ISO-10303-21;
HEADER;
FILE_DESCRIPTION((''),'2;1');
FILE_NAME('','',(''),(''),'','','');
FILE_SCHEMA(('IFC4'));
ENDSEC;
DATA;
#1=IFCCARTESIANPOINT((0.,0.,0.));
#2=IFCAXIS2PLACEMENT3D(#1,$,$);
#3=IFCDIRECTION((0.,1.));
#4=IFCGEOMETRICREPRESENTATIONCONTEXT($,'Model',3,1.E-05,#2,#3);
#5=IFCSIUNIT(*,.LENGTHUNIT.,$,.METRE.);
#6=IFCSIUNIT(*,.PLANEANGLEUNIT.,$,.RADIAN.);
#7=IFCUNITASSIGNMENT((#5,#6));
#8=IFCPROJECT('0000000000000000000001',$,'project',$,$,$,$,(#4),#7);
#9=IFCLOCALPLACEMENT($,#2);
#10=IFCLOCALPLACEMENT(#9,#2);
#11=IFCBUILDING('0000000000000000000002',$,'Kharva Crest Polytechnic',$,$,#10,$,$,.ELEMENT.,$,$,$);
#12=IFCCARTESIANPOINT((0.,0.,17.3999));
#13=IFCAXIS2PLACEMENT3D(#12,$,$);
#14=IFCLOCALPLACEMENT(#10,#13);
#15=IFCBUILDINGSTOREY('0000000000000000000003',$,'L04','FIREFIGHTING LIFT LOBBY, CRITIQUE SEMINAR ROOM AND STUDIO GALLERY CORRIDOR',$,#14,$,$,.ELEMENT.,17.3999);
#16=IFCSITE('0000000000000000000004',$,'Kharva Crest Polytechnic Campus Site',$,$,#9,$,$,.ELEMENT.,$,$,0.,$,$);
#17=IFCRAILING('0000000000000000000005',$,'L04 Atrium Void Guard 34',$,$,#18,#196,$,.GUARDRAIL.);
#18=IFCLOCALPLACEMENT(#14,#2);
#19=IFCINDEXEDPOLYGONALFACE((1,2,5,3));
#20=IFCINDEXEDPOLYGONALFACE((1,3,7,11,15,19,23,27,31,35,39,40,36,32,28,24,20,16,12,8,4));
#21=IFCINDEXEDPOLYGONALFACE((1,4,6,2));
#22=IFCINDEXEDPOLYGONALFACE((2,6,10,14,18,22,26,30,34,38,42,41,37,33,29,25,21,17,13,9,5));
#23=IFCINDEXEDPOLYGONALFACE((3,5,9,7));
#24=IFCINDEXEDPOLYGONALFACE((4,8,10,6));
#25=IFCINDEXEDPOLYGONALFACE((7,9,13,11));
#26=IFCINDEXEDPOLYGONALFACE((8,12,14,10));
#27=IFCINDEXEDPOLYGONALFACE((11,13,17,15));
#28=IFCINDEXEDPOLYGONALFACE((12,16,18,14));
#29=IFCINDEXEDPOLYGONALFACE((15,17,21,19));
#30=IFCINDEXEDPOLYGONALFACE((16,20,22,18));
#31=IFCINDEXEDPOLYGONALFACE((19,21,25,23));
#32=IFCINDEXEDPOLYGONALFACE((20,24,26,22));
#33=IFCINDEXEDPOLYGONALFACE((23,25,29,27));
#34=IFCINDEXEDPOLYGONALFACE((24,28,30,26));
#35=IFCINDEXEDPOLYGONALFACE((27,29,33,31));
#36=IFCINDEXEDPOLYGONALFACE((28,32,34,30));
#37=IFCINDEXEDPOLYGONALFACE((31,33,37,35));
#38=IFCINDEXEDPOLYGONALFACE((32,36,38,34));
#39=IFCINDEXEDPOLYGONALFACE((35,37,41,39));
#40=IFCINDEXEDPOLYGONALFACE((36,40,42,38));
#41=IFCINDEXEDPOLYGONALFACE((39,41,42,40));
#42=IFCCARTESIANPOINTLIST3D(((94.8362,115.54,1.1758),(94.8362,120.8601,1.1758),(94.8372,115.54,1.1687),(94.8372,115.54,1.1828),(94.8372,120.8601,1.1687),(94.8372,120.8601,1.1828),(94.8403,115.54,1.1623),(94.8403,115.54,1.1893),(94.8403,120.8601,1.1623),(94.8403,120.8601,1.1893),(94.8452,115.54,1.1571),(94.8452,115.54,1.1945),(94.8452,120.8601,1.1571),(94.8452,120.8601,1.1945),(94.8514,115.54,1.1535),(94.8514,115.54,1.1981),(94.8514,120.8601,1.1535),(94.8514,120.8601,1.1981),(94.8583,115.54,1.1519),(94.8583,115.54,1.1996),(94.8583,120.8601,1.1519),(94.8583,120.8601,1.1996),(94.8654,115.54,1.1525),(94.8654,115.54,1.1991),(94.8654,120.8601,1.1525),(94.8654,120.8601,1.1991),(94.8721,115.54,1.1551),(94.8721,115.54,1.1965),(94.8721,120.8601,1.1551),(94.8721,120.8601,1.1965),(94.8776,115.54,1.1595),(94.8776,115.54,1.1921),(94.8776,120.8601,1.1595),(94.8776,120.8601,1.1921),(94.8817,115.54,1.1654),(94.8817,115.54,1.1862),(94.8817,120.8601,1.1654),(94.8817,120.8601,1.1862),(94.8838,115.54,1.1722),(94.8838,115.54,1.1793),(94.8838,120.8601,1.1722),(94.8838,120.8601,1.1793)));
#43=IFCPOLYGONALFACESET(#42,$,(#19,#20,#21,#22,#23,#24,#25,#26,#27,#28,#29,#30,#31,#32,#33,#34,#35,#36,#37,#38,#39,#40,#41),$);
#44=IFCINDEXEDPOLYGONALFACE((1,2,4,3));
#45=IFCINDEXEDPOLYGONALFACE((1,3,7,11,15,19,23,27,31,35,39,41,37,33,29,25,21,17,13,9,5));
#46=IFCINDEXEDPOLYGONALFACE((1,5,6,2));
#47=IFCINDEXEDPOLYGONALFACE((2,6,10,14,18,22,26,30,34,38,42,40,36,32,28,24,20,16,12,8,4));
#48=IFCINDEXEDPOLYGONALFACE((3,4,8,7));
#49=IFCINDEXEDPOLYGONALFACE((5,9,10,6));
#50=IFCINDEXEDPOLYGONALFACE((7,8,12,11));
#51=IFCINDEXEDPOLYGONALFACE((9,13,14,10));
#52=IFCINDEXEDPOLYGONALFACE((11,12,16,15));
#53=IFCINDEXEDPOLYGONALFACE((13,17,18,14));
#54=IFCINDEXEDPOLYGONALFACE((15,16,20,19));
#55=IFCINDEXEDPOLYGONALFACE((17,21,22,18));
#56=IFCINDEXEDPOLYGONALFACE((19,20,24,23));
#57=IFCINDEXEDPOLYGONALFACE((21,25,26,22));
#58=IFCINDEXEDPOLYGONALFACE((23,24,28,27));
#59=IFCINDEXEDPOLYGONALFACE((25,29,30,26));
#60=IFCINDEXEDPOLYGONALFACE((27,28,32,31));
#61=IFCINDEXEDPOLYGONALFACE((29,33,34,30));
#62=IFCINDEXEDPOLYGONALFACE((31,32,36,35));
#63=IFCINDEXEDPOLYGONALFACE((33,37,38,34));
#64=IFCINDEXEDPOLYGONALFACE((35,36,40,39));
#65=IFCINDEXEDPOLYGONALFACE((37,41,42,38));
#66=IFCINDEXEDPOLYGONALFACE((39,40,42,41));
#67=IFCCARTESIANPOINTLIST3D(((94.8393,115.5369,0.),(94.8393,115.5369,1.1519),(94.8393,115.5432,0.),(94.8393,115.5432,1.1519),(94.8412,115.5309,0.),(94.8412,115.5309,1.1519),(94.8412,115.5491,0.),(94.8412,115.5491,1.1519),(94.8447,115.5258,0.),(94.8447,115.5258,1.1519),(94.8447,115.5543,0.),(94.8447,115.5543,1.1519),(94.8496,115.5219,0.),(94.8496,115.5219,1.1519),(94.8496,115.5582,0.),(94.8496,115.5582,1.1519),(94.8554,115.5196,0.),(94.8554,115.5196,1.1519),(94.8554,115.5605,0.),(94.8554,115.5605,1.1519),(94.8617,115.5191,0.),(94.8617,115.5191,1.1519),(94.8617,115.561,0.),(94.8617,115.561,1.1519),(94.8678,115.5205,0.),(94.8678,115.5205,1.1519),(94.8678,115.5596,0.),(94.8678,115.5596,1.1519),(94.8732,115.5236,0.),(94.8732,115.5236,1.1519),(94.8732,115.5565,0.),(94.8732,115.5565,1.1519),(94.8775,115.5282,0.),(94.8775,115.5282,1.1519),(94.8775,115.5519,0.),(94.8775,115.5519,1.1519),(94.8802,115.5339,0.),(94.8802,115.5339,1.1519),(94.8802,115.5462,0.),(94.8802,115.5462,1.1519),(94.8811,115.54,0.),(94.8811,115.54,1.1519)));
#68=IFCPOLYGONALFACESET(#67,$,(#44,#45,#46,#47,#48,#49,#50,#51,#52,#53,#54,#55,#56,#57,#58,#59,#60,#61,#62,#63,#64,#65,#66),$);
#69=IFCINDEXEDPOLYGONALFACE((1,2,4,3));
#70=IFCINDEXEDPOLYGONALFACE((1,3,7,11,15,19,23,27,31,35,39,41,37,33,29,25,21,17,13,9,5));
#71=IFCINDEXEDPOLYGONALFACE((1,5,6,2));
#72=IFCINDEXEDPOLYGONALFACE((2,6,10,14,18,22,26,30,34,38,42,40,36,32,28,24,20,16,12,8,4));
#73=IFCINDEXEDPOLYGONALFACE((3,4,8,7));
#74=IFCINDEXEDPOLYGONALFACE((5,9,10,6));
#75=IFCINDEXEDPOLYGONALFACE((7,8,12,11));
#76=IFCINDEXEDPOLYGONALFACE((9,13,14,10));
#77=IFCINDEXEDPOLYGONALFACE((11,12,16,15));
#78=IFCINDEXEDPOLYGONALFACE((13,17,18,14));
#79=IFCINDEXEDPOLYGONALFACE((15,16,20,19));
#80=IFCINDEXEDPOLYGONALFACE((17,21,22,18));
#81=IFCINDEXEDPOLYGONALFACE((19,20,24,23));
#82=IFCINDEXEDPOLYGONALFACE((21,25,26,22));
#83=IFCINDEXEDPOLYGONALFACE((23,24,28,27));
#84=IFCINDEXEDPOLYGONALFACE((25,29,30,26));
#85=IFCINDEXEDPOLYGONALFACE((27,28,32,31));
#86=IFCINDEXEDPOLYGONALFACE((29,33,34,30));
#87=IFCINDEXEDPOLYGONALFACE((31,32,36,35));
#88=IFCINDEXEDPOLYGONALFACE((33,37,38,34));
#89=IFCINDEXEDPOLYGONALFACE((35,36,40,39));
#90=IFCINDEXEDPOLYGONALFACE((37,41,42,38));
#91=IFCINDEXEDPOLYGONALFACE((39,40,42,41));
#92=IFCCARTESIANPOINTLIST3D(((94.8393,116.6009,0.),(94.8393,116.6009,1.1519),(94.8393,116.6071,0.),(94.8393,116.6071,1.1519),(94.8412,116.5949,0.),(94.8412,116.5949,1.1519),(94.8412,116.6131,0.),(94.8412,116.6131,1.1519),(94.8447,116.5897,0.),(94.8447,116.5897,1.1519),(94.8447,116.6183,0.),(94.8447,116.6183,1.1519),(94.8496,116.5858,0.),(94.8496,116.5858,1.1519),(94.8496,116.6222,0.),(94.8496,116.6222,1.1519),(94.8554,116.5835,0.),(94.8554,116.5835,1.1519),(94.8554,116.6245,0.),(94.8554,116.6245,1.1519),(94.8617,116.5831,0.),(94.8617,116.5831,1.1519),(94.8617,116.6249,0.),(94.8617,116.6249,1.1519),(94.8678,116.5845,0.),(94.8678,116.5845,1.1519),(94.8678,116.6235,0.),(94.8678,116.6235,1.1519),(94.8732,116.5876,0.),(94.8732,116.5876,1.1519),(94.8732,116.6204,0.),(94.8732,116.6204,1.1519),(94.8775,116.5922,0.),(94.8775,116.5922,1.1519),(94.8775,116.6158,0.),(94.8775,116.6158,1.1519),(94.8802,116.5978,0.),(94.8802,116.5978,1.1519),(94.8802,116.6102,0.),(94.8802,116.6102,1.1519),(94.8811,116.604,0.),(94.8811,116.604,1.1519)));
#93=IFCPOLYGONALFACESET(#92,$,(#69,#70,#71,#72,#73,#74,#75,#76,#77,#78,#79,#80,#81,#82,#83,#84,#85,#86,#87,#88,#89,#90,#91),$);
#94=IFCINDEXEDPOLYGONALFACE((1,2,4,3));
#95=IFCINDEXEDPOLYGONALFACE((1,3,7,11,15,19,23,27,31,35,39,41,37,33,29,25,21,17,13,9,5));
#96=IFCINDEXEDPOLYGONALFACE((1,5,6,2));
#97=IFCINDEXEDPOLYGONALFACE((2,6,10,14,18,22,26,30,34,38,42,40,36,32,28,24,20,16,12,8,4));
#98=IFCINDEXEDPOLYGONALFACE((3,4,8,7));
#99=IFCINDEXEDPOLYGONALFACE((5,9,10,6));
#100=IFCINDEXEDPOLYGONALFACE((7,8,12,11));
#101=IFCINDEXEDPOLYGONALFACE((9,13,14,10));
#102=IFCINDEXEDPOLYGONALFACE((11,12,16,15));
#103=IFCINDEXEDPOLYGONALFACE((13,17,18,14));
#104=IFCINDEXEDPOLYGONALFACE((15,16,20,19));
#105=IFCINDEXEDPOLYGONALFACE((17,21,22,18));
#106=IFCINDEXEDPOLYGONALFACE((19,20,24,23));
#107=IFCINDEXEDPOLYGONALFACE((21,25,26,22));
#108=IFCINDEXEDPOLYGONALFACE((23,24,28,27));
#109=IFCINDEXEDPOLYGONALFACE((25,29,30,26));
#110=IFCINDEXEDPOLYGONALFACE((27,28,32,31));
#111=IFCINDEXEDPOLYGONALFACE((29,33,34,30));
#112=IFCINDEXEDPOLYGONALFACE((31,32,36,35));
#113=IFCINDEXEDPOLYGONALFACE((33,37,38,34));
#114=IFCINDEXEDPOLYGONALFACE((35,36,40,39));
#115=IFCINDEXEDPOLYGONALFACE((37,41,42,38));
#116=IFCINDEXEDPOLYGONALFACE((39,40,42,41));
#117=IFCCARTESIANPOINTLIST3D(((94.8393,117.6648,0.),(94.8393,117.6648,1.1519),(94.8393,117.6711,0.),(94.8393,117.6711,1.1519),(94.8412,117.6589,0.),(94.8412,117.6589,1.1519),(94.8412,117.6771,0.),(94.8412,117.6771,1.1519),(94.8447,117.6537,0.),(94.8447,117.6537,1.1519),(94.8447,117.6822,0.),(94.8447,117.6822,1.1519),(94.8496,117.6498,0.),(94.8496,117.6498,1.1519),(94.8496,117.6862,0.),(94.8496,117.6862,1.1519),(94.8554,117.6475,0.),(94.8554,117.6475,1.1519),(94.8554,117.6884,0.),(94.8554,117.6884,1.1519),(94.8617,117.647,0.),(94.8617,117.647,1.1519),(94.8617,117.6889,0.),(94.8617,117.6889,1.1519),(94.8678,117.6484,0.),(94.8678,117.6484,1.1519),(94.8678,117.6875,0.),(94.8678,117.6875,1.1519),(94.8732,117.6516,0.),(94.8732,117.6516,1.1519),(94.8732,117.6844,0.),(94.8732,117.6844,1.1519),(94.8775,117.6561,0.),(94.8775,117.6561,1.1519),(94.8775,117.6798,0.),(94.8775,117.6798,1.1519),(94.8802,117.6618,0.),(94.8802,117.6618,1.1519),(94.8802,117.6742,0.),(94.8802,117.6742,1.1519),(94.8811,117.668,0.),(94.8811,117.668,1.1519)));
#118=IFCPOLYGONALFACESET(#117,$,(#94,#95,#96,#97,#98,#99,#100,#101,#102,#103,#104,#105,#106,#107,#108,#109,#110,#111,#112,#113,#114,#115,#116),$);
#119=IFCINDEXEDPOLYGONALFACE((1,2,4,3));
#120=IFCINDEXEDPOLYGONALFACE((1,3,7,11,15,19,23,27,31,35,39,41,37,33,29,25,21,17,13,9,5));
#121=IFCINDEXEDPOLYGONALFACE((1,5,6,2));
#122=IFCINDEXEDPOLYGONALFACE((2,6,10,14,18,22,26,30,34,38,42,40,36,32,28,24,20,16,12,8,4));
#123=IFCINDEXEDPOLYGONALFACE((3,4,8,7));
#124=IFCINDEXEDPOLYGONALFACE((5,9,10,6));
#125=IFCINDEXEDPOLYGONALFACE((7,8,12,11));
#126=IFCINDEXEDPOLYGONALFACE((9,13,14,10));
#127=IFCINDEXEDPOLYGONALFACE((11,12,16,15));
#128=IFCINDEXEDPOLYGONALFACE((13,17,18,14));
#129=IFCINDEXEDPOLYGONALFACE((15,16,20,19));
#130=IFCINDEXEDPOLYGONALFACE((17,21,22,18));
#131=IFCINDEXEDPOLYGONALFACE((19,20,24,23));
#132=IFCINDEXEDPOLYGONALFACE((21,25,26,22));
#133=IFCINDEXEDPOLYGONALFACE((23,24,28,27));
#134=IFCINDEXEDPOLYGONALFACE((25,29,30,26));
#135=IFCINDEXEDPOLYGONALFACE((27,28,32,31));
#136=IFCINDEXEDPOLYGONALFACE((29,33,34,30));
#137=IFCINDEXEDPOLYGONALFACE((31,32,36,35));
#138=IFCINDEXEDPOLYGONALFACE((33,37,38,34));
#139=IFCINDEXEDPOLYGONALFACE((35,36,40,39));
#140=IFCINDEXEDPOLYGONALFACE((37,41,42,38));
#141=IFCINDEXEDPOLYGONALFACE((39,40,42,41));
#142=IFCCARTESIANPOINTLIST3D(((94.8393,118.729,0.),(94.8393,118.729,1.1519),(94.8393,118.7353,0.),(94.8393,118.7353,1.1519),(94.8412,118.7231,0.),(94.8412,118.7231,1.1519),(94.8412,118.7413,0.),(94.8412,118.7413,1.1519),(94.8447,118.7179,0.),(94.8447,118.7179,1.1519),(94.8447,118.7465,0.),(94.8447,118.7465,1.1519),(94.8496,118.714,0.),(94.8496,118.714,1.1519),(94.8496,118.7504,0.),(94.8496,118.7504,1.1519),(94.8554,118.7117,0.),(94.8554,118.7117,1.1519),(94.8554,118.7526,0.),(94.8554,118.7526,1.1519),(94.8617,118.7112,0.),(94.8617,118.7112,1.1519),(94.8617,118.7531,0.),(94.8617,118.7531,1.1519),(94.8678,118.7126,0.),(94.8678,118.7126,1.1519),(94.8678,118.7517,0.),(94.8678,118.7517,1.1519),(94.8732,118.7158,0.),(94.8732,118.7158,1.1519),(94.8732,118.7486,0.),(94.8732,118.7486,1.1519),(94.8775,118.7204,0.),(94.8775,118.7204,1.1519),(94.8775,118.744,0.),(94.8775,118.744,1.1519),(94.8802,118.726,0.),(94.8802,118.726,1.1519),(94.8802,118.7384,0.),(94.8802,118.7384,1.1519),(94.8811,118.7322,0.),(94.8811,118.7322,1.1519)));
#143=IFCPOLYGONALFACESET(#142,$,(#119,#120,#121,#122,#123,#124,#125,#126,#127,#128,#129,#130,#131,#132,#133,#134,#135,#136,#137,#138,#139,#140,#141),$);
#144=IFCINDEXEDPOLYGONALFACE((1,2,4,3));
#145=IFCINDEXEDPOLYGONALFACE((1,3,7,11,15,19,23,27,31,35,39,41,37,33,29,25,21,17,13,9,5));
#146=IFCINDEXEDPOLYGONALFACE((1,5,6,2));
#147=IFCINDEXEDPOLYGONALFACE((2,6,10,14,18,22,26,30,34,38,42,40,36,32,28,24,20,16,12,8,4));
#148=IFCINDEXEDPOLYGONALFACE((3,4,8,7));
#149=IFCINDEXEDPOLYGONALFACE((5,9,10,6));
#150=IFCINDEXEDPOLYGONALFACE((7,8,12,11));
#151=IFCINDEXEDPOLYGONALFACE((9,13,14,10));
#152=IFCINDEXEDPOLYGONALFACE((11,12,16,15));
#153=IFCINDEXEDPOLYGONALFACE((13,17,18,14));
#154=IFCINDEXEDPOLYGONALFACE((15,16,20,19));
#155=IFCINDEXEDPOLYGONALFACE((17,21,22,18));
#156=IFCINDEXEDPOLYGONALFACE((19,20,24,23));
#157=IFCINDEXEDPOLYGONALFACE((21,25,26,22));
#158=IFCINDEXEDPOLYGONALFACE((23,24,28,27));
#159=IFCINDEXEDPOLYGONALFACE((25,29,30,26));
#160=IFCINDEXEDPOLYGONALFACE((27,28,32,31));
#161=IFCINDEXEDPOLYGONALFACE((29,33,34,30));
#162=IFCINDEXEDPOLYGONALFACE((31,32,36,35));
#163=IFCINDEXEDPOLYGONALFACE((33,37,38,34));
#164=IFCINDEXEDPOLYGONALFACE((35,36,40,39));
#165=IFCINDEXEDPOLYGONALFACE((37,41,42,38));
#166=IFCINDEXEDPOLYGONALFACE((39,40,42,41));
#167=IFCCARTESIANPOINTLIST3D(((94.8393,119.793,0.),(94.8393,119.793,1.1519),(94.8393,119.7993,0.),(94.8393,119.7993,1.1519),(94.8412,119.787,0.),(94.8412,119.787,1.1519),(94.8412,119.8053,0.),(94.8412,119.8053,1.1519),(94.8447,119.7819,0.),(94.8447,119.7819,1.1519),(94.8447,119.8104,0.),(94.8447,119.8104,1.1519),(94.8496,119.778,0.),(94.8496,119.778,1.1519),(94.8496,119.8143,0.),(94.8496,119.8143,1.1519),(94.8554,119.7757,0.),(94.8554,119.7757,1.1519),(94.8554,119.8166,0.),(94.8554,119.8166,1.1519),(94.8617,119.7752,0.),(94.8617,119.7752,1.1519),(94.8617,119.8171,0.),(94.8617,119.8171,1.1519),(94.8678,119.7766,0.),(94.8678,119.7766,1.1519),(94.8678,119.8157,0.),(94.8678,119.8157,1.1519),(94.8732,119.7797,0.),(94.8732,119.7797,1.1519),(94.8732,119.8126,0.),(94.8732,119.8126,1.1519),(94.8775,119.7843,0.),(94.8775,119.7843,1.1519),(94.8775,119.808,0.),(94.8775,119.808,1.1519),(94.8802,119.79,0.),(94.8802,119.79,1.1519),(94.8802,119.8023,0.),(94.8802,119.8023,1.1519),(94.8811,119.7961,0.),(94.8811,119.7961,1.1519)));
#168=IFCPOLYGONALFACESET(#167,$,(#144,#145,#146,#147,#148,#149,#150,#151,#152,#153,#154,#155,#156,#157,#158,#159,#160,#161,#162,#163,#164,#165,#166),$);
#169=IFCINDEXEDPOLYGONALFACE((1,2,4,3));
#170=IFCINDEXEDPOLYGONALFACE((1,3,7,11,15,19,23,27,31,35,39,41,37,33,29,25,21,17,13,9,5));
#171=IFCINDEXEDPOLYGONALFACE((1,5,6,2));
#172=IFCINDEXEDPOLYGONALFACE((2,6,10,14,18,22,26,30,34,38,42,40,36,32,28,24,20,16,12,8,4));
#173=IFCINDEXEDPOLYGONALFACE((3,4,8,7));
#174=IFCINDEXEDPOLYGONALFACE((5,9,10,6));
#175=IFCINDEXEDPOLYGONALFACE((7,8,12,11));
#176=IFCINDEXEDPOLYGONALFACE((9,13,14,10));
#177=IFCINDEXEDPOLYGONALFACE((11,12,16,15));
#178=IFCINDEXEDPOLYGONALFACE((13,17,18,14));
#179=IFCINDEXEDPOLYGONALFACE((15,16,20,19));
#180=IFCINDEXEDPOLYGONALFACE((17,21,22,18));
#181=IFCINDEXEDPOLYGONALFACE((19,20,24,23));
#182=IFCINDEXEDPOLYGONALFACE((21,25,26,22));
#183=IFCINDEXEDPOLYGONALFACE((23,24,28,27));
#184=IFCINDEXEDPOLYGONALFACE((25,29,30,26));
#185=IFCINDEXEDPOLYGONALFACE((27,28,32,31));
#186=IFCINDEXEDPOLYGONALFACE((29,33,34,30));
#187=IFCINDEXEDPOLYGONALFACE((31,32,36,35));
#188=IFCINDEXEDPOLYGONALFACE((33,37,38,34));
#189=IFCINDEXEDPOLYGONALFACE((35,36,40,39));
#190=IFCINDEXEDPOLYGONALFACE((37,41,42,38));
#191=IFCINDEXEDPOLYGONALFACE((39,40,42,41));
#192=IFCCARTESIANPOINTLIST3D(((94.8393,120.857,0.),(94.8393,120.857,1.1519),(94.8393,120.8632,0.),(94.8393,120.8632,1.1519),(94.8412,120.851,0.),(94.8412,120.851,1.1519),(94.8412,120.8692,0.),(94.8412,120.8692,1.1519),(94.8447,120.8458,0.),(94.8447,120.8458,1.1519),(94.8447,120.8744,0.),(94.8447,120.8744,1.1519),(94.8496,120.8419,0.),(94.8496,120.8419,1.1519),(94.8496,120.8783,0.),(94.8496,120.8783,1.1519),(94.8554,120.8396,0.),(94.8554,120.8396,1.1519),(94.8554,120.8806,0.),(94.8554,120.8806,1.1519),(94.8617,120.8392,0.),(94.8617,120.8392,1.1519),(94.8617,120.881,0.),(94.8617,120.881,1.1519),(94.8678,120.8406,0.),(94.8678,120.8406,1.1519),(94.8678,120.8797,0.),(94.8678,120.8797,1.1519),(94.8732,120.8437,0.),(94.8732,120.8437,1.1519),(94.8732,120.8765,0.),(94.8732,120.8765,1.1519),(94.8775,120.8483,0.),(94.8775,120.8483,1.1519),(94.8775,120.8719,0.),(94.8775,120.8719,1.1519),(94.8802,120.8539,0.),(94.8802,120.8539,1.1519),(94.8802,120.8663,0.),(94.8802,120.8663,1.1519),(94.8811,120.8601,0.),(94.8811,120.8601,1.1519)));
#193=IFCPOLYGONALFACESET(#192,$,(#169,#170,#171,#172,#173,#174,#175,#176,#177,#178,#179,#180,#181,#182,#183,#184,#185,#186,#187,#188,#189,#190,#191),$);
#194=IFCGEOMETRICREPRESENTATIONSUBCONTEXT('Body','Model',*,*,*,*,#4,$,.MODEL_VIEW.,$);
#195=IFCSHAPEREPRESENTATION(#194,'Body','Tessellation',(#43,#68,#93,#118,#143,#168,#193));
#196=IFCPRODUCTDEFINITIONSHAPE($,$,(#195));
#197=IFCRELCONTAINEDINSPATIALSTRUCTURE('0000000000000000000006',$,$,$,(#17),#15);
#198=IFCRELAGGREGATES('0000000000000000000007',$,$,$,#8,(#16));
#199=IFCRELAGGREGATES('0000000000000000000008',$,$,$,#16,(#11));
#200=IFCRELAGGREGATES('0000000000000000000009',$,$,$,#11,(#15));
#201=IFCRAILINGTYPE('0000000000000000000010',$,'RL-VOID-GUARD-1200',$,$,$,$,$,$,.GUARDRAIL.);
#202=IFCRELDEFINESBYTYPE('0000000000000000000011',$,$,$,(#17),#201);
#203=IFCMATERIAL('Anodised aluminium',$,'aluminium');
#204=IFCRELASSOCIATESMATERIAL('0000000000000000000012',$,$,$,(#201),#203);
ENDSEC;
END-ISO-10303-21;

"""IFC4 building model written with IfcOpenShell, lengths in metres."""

from ifc_helpers import new_model, si_unit, direction, frame, origin, origin_2d, place, context, subcontext, project, spatial, circle, extrude, material, type_object, element, save


model = new_model("IFC4")

# Units and contexts
model_context = context("Model", 3, precision=1e-05, world=origin(), true_north=direction((0.0, 1.0)))
body_context = subcontext(model_context, "Body", "Model", "MODEL_VIEW")
ifc_project = project(units=[si_unit("LENGTHUNIT", "METRE"), si_unit("PLANEANGLEUNIT", "RADIAN")], contexts=[model_context])

# Site, building, storey
site_placement = place(None, origin())
site = spatial("IfcSite", under=ifc_project, at=site_placement, Name="Kharva Crest Polytechnic Campus Site", CompositionType="ELEMENT", RefElevation=0.0)
building_placement = place(site_placement, origin())
building = spatial("IfcBuilding", under=site, at=building_placement, Name="Kharva Crest Polytechnic", CompositionType="ELEMENT")
storey_placement = place(building_placement, frame((0.0, 0.0, 17.3999)))
storey = spatial("IfcBuildingStorey", under=building, at=storey_placement, Name="L04", Description="FIREFIGHTING LIFT LOBBY, CRITIQUE SEMINAR ROOM AND STUDIO GALLERY CORRIDOR", CompositionType="ELEMENT", Elevation=17.3999)

# Railing
ifc_material_1 = material(Name="Anodised aluminium", Category="aluminium")
railing_type = type_object("IfcRailingType", Name="RL-VOID-GUARD-1200", PredefinedType="GUARDRAIL", material=ifc_material_1)
railing_1_placement = place(storey_placement, frame((94.8601, 115.54, 0.0)))
element("IfcRailing", 1, at=railing_1_placement, inside=storey, type_object=railing_type, Name="L04 Atrium Void Guard 34", PredefinedType="GUARDRAIL", context=body_context, shape_type="SweptSolid", body=[
    extrude(circle(Radius=0.0239, at=origin_2d()), frame((0.0, 0.0, 1.1758), z_axis=(0.0, 1.0, 0.0), x_axis=(-1.0, 0.0, 0.0)), (0.0, 0.0, 1.0), 5.3201),
    extrude(circle(Radius=0.021, at=origin_2d()), origin(), (0.0, 0.0, 1.0), 1.1519),
    extrude(circle(Radius=0.021, at=origin_2d()), frame((0.0, 1.064, 0.0)), (0.0, 0.0, 1.0), 1.1519),
    extrude(circle(Radius=0.021, at=origin_2d()), frame((0.0, 2.1279, 0.0)), (0.0, 0.0, 1.0), 1.1519),
    extrude(circle(Radius=0.021, at=origin_2d()), frame((0.0, 3.1921, 0.0)), (0.0, 0.0, 1.0), 1.1519),
    extrude(circle(Radius=0.021, at=origin_2d()), frame((0.0, 4.2561, 0.0)), (0.0, 0.0, 1.0), 1.1519),
    extrude(circle(Radius=0.021, at=origin_2d()), frame((0.0, 5.3201, 0.0)), (0.0, 0.0, 1.0), 1.1519),
])

save(model, "model.ifc")
